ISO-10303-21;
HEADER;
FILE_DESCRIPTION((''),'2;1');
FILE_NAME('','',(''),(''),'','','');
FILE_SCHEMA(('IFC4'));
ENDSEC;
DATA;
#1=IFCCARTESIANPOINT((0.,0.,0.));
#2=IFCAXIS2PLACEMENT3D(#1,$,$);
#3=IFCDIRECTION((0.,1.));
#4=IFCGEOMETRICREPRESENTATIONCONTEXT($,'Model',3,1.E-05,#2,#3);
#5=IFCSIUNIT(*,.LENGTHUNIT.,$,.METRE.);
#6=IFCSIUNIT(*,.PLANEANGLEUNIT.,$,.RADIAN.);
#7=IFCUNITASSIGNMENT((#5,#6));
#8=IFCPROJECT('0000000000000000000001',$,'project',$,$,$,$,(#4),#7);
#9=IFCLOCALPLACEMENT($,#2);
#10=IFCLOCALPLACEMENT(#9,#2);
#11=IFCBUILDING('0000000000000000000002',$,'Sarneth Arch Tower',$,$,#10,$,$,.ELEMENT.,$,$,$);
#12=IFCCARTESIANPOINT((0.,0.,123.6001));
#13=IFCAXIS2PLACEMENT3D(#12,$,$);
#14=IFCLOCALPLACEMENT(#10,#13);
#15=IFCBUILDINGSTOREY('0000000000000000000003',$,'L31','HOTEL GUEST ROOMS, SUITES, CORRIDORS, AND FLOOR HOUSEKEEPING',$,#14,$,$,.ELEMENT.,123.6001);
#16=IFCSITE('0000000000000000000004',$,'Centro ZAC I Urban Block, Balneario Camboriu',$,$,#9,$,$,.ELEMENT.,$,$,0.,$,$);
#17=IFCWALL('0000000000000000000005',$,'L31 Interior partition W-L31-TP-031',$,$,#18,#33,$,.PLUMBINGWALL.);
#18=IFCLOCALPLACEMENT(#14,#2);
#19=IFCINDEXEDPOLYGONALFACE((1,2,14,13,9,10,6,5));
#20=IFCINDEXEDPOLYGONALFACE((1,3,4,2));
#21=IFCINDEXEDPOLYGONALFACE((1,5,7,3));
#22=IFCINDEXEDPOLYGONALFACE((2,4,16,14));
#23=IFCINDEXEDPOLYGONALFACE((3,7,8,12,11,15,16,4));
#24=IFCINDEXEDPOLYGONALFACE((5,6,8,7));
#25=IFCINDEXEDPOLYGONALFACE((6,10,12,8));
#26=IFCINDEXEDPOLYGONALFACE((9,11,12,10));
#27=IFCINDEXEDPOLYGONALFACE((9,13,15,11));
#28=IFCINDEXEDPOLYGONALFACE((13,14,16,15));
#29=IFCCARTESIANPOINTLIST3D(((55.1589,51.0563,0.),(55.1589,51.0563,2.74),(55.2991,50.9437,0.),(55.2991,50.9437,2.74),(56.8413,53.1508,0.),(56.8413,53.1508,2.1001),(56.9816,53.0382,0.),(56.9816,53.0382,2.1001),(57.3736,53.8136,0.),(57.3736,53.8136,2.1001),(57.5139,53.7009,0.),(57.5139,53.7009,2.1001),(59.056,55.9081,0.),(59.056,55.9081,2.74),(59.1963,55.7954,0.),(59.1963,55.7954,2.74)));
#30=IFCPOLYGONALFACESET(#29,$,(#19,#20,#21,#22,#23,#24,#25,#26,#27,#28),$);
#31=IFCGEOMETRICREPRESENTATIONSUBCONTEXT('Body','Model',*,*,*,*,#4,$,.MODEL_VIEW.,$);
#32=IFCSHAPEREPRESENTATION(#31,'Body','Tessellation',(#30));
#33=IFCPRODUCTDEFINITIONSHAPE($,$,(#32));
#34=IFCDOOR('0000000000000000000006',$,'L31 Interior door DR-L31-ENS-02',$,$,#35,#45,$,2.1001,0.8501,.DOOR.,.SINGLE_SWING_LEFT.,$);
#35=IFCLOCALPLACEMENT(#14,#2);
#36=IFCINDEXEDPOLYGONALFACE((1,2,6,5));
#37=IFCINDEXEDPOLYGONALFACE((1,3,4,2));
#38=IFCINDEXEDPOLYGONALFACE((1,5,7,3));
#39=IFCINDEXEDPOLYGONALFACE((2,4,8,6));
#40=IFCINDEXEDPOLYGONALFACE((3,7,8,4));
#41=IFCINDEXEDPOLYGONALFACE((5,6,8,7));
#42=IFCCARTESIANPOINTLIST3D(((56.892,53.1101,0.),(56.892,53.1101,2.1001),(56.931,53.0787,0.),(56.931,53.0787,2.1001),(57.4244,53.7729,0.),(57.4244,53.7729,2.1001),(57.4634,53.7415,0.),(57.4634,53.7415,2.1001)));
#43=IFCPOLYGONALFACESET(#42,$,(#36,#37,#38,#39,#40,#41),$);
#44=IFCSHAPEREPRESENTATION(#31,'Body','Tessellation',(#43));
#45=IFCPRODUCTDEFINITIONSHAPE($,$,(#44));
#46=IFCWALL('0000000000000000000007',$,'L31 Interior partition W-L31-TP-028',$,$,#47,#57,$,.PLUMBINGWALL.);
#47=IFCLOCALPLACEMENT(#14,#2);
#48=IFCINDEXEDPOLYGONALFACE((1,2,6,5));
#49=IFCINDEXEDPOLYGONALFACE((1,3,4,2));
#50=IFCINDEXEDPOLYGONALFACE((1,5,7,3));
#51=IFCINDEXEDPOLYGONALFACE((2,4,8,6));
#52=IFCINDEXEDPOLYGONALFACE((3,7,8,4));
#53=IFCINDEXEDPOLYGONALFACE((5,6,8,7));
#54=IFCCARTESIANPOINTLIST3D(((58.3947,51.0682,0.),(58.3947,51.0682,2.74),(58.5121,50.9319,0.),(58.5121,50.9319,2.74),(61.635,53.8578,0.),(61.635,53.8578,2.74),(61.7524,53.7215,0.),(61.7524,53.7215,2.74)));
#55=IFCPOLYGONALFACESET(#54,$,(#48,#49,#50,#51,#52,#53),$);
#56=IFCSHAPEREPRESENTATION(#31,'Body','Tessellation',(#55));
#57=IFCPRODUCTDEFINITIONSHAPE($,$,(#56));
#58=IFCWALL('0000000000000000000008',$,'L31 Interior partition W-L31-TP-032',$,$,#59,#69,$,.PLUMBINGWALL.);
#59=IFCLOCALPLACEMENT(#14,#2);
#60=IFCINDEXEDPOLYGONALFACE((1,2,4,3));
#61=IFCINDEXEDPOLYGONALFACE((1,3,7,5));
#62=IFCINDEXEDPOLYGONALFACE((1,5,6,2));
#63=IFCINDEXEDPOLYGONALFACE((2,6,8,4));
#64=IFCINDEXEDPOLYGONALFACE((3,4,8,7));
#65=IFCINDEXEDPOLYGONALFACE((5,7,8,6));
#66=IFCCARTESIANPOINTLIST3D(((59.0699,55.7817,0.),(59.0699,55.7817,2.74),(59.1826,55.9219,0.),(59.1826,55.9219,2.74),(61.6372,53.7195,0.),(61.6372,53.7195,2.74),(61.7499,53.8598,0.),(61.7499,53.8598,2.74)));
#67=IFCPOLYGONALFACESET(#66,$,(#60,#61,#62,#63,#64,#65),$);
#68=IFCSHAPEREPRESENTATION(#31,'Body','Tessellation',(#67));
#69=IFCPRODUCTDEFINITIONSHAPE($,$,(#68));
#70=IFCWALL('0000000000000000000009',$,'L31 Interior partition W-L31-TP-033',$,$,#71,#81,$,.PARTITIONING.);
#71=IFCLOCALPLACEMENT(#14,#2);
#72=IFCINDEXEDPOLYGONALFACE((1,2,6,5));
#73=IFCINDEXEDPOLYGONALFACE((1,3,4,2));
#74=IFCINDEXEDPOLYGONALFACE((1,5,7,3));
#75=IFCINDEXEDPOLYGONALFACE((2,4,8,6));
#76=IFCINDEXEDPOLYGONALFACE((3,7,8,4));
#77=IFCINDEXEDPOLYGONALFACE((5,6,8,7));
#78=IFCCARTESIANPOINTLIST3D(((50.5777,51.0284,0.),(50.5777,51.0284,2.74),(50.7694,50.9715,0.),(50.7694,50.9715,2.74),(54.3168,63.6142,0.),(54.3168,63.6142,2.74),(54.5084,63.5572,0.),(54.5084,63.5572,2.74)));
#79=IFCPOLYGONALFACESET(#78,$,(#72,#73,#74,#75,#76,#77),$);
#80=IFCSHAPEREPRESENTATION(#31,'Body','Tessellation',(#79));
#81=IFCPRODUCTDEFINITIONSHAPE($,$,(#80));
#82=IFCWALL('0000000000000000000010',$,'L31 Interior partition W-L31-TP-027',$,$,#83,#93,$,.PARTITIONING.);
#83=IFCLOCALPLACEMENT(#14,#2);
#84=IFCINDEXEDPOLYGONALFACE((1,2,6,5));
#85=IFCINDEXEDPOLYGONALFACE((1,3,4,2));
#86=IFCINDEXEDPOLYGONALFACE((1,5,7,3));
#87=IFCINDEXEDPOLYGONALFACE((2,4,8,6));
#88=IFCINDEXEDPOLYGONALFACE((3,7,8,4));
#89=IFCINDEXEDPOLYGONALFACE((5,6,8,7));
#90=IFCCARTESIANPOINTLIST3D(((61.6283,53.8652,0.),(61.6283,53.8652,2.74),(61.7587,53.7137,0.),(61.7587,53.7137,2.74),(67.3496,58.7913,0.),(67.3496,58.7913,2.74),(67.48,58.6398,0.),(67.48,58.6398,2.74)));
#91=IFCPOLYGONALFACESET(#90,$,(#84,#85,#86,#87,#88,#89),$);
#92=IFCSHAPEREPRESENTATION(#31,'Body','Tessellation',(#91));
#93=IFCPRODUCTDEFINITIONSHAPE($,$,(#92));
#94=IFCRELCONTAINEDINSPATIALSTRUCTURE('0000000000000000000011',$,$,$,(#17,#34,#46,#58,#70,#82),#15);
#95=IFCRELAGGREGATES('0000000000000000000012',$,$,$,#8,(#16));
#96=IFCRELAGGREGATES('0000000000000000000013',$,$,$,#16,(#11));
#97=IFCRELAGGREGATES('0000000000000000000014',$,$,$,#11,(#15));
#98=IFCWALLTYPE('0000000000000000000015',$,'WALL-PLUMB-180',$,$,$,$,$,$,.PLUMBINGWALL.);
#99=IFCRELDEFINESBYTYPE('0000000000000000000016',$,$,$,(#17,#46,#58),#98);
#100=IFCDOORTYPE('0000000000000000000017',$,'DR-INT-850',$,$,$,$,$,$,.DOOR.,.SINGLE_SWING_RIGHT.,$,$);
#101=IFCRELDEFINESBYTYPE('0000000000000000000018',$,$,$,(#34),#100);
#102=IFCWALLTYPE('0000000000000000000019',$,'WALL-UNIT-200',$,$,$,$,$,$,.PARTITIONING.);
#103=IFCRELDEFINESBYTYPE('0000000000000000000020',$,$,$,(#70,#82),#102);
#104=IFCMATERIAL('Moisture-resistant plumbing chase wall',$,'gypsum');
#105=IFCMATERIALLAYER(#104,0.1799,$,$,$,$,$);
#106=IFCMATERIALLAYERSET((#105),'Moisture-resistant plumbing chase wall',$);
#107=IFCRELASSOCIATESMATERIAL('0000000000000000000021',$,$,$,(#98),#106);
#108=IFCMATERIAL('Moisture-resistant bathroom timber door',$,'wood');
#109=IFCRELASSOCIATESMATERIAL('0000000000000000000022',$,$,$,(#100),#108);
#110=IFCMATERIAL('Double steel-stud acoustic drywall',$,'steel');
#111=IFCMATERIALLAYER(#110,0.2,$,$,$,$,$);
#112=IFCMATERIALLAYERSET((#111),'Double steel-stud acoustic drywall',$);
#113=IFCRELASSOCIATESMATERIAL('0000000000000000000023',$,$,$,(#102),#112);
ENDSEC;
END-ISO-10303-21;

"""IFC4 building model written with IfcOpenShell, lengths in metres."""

from ifc_helpers import new_model, si_unit, direction, frame, frame_2d, origin, place, context, subcontext, project, spatial, rectangle, extrude, material, layer, layer_set, type_object, element, fill, save


model = new_model("IFC4")

# Units and contexts
model_context = context("Model", 3, precision=1e-05, world=origin(), true_north=direction((0.0, 1.0)))
body_context = subcontext(model_context, "Body", "Model", "MODEL_VIEW")
ifc_project = project(units=[si_unit("LENGTHUNIT", "METRE"), si_unit("PLANEANGLEUNIT", "RADIAN")], contexts=[model_context])

# Site, building, storey
site_placement = place(None, origin())
site = spatial("IfcSite", under=ifc_project, at=site_placement, Name="Centro ZAC I Urban Block, Balneario Camboriu", CompositionType="ELEMENT", RefElevation=0.0)
building_placement = place(site_placement, origin())
building = spatial("IfcBuilding", under=site, at=building_placement, Name="Sarneth Arch Tower", CompositionType="ELEMENT")
storey_placement = place(building_placement, frame((0.0, 0.0, 123.6001)))
storey = spatial("IfcBuildingStorey", under=building, at=storey_placement, Name="L31", Description="HOTEL GUEST ROOMS, SUITES, CORRIDORS, AND FLOOR HOUSEKEEPING", CompositionType="ELEMENT", Elevation=123.6001)

# Wall, opening, door
ifc_material_1 = material(Name="Moisture-resistant plumbing chase wall", Category="gypsum")
ifc_layer_1 = layer(ifc_material_1, 0.1799)
ifc_layer_set_1 = layer_set([ifc_layer_1], Name="Moisture-resistant plumbing chase wall")
wall_type_1 = type_object("IfcWallType", Name="WALL-PLUMB-180", PredefinedType="PLUMBINGWALL", material=ifc_layer_set_1)
wall_1_placement = place(storey_placement, frame((55.229, 51.0, 0.0), z_axis=(0.0, 0.0, 1.0), x_axis=(0.626239, 0.779631, 0.0)))
wall_1 = element("IfcWall", 1, at=wall_1_placement, inside=storey, type_object=wall_type_1, Name="L31 Interior partition W-L31-TP-031", PredefinedType="PLUMBINGWALL", context=body_context, shape_type="SweptSolid", body=[
    extrude(rectangle(XDim=6.2231, YDim=0.1799, at=frame_2d((3.1116, 0.0))), origin(), (0.0, 0.0, 1.0), 2.74),
])
opening_1_placement = place(wall_1_placement, frame((2.6865, 0.0, 0.0)))
opening_1 = element("IfcOpeningElement", 2, at=opening_1_placement, cuts=wall_1, PredefinedType="OPENING", context=body_context, shape_type="SweptSolid", body=[
    extrude(rectangle(XDim=0.8501, YDim=2.1001, at=frame_2d((0.425, 1.05))), frame((0.0, 0.0999, 0.0), z_axis=(0.0, -1.0, 0.0), x_axis=(1.0, 0.0, 0.0)), (0.0, 0.0, 1.0), 0.2),
])
ifc_material_2 = material(Name="Moisture-resistant bathroom timber door", Category="wood")
door_type_1 = type_object("IfcDoorType", Name="DR-INT-850", OperationType="SINGLE_SWING_RIGHT", PredefinedType="DOOR", material=ifc_material_2)
door_1_placement = place(opening_1_placement, origin())
door_1 = element("IfcDoor", 3, at=door_1_placement, inside=storey, type_object=door_type_1, Name="L31 Interior door DR-L31-ENS-02", OperationType="SINGLE_SWING_LEFT", OverallHeight=2.1001, OverallWidth=0.8501, PredefinedType="DOOR", context=body_context, shape_type="SweptSolid", body=[
    extrude(rectangle(XDim=0.8501, YDim=2.1001, at=frame_2d((0.425, 1.05))), frame((0.0, 0.0249, 0.0), z_axis=(0.0, -1.0, 0.0), x_axis=(1.0, 0.0, 0.0)), (0.0, 0.0, 1.0), 0.05),
])
fill(opening_1, door_1)

# Walls
wall_2_placement = place(storey_placement, frame((61.6936, 53.7896, 0.0), z_axis=(0.0, 0.0, 1.0), x_axis=(-0.757844, -0.652436, 0.0)))
element("IfcWall", 4, at=wall_2_placement, inside=storey, type_object=wall_type_1, Name="L31 Interior partition W-L31-TP-028", PredefinedType="PLUMBINGWALL", context=body_context, shape_type="SweptSolid", body=[
    extrude(rectangle(XDim=4.2756, YDim=0.1799, at=frame_2d((2.1377, 0.0))), origin(), (0.0, 0.0, 1.0), 2.74),
])
wall_3_placement = place(storey_placement, frame((59.1262, 55.8518, 0.0), z_axis=(0.0, 0.0, 1.0), x_axis=(0.77963, -0.62624, 0.0)))
element("IfcWall", 5, at=wall_3_placement, inside=storey, type_object=wall_type_1, Name="L31 Interior partition W-L31-TP-032", PredefinedType="PLUMBINGWALL", context=body_context, shape_type="SweptSolid", body=[
    extrude(rectangle(XDim=3.293, YDim=0.1799, at=frame_2d((1.6465, 0.0))), origin(), (0.0, 0.0, 1.0), 2.74),
])
ifc_material_3 = material(Name="Double steel-stud acoustic drywall", Category="steel")
ifc_layer_2 = layer(ifc_material_3, 0.2)
ifc_layer_set_2 = layer_set([ifc_layer_2], Name="Double steel-stud acoustic drywall")
wall_type_2 = type_object("IfcWallType", Name="WALL-UNIT-200", PredefinedType="PARTITIONING", material=ifc_layer_set_2)
wall_4_placement = place(storey_placement, frame((54.4126, 63.5857, 0.0), z_axis=(0.0, 0.0, 1.0), x_axis=(-0.284783, -0.958592, 0.0)))
element("IfcWall", 6, at=wall_4_placement, inside=storey, type_object=wall_type_2, Name="L31 Interior partition W-L31-TP-033", PredefinedType="PARTITIONING", context=body_context, shape_type="SweptSolid", body=[
    extrude(rectangle(XDim=13.1294, YDim=0.2, at=frame_2d((6.5647, 0.0))), origin(), (0.0, 0.0, 1.0), 2.74),
])
wall_5_placement = place(storey_placement, frame((67.4148, 58.7156, 0.0), z_axis=(0.0, 0.0, 1.0), x_axis=(-0.757805, -0.652481, 0.0)))
element("IfcWall", 7, at=wall_5_placement, inside=storey, type_object=wall_type_2, Name="L31 Interior partition W-L31-TP-027", PredefinedType="PARTITIONING", context=body_context, shape_type="SweptSolid", body=[
    extrude(rectangle(XDim=7.5498, YDim=0.2, at=frame_2d((3.7749, 0.0))), origin(), (0.0, 0.0, 1.0), 2.74),
])

save(model, "model.ifc")
